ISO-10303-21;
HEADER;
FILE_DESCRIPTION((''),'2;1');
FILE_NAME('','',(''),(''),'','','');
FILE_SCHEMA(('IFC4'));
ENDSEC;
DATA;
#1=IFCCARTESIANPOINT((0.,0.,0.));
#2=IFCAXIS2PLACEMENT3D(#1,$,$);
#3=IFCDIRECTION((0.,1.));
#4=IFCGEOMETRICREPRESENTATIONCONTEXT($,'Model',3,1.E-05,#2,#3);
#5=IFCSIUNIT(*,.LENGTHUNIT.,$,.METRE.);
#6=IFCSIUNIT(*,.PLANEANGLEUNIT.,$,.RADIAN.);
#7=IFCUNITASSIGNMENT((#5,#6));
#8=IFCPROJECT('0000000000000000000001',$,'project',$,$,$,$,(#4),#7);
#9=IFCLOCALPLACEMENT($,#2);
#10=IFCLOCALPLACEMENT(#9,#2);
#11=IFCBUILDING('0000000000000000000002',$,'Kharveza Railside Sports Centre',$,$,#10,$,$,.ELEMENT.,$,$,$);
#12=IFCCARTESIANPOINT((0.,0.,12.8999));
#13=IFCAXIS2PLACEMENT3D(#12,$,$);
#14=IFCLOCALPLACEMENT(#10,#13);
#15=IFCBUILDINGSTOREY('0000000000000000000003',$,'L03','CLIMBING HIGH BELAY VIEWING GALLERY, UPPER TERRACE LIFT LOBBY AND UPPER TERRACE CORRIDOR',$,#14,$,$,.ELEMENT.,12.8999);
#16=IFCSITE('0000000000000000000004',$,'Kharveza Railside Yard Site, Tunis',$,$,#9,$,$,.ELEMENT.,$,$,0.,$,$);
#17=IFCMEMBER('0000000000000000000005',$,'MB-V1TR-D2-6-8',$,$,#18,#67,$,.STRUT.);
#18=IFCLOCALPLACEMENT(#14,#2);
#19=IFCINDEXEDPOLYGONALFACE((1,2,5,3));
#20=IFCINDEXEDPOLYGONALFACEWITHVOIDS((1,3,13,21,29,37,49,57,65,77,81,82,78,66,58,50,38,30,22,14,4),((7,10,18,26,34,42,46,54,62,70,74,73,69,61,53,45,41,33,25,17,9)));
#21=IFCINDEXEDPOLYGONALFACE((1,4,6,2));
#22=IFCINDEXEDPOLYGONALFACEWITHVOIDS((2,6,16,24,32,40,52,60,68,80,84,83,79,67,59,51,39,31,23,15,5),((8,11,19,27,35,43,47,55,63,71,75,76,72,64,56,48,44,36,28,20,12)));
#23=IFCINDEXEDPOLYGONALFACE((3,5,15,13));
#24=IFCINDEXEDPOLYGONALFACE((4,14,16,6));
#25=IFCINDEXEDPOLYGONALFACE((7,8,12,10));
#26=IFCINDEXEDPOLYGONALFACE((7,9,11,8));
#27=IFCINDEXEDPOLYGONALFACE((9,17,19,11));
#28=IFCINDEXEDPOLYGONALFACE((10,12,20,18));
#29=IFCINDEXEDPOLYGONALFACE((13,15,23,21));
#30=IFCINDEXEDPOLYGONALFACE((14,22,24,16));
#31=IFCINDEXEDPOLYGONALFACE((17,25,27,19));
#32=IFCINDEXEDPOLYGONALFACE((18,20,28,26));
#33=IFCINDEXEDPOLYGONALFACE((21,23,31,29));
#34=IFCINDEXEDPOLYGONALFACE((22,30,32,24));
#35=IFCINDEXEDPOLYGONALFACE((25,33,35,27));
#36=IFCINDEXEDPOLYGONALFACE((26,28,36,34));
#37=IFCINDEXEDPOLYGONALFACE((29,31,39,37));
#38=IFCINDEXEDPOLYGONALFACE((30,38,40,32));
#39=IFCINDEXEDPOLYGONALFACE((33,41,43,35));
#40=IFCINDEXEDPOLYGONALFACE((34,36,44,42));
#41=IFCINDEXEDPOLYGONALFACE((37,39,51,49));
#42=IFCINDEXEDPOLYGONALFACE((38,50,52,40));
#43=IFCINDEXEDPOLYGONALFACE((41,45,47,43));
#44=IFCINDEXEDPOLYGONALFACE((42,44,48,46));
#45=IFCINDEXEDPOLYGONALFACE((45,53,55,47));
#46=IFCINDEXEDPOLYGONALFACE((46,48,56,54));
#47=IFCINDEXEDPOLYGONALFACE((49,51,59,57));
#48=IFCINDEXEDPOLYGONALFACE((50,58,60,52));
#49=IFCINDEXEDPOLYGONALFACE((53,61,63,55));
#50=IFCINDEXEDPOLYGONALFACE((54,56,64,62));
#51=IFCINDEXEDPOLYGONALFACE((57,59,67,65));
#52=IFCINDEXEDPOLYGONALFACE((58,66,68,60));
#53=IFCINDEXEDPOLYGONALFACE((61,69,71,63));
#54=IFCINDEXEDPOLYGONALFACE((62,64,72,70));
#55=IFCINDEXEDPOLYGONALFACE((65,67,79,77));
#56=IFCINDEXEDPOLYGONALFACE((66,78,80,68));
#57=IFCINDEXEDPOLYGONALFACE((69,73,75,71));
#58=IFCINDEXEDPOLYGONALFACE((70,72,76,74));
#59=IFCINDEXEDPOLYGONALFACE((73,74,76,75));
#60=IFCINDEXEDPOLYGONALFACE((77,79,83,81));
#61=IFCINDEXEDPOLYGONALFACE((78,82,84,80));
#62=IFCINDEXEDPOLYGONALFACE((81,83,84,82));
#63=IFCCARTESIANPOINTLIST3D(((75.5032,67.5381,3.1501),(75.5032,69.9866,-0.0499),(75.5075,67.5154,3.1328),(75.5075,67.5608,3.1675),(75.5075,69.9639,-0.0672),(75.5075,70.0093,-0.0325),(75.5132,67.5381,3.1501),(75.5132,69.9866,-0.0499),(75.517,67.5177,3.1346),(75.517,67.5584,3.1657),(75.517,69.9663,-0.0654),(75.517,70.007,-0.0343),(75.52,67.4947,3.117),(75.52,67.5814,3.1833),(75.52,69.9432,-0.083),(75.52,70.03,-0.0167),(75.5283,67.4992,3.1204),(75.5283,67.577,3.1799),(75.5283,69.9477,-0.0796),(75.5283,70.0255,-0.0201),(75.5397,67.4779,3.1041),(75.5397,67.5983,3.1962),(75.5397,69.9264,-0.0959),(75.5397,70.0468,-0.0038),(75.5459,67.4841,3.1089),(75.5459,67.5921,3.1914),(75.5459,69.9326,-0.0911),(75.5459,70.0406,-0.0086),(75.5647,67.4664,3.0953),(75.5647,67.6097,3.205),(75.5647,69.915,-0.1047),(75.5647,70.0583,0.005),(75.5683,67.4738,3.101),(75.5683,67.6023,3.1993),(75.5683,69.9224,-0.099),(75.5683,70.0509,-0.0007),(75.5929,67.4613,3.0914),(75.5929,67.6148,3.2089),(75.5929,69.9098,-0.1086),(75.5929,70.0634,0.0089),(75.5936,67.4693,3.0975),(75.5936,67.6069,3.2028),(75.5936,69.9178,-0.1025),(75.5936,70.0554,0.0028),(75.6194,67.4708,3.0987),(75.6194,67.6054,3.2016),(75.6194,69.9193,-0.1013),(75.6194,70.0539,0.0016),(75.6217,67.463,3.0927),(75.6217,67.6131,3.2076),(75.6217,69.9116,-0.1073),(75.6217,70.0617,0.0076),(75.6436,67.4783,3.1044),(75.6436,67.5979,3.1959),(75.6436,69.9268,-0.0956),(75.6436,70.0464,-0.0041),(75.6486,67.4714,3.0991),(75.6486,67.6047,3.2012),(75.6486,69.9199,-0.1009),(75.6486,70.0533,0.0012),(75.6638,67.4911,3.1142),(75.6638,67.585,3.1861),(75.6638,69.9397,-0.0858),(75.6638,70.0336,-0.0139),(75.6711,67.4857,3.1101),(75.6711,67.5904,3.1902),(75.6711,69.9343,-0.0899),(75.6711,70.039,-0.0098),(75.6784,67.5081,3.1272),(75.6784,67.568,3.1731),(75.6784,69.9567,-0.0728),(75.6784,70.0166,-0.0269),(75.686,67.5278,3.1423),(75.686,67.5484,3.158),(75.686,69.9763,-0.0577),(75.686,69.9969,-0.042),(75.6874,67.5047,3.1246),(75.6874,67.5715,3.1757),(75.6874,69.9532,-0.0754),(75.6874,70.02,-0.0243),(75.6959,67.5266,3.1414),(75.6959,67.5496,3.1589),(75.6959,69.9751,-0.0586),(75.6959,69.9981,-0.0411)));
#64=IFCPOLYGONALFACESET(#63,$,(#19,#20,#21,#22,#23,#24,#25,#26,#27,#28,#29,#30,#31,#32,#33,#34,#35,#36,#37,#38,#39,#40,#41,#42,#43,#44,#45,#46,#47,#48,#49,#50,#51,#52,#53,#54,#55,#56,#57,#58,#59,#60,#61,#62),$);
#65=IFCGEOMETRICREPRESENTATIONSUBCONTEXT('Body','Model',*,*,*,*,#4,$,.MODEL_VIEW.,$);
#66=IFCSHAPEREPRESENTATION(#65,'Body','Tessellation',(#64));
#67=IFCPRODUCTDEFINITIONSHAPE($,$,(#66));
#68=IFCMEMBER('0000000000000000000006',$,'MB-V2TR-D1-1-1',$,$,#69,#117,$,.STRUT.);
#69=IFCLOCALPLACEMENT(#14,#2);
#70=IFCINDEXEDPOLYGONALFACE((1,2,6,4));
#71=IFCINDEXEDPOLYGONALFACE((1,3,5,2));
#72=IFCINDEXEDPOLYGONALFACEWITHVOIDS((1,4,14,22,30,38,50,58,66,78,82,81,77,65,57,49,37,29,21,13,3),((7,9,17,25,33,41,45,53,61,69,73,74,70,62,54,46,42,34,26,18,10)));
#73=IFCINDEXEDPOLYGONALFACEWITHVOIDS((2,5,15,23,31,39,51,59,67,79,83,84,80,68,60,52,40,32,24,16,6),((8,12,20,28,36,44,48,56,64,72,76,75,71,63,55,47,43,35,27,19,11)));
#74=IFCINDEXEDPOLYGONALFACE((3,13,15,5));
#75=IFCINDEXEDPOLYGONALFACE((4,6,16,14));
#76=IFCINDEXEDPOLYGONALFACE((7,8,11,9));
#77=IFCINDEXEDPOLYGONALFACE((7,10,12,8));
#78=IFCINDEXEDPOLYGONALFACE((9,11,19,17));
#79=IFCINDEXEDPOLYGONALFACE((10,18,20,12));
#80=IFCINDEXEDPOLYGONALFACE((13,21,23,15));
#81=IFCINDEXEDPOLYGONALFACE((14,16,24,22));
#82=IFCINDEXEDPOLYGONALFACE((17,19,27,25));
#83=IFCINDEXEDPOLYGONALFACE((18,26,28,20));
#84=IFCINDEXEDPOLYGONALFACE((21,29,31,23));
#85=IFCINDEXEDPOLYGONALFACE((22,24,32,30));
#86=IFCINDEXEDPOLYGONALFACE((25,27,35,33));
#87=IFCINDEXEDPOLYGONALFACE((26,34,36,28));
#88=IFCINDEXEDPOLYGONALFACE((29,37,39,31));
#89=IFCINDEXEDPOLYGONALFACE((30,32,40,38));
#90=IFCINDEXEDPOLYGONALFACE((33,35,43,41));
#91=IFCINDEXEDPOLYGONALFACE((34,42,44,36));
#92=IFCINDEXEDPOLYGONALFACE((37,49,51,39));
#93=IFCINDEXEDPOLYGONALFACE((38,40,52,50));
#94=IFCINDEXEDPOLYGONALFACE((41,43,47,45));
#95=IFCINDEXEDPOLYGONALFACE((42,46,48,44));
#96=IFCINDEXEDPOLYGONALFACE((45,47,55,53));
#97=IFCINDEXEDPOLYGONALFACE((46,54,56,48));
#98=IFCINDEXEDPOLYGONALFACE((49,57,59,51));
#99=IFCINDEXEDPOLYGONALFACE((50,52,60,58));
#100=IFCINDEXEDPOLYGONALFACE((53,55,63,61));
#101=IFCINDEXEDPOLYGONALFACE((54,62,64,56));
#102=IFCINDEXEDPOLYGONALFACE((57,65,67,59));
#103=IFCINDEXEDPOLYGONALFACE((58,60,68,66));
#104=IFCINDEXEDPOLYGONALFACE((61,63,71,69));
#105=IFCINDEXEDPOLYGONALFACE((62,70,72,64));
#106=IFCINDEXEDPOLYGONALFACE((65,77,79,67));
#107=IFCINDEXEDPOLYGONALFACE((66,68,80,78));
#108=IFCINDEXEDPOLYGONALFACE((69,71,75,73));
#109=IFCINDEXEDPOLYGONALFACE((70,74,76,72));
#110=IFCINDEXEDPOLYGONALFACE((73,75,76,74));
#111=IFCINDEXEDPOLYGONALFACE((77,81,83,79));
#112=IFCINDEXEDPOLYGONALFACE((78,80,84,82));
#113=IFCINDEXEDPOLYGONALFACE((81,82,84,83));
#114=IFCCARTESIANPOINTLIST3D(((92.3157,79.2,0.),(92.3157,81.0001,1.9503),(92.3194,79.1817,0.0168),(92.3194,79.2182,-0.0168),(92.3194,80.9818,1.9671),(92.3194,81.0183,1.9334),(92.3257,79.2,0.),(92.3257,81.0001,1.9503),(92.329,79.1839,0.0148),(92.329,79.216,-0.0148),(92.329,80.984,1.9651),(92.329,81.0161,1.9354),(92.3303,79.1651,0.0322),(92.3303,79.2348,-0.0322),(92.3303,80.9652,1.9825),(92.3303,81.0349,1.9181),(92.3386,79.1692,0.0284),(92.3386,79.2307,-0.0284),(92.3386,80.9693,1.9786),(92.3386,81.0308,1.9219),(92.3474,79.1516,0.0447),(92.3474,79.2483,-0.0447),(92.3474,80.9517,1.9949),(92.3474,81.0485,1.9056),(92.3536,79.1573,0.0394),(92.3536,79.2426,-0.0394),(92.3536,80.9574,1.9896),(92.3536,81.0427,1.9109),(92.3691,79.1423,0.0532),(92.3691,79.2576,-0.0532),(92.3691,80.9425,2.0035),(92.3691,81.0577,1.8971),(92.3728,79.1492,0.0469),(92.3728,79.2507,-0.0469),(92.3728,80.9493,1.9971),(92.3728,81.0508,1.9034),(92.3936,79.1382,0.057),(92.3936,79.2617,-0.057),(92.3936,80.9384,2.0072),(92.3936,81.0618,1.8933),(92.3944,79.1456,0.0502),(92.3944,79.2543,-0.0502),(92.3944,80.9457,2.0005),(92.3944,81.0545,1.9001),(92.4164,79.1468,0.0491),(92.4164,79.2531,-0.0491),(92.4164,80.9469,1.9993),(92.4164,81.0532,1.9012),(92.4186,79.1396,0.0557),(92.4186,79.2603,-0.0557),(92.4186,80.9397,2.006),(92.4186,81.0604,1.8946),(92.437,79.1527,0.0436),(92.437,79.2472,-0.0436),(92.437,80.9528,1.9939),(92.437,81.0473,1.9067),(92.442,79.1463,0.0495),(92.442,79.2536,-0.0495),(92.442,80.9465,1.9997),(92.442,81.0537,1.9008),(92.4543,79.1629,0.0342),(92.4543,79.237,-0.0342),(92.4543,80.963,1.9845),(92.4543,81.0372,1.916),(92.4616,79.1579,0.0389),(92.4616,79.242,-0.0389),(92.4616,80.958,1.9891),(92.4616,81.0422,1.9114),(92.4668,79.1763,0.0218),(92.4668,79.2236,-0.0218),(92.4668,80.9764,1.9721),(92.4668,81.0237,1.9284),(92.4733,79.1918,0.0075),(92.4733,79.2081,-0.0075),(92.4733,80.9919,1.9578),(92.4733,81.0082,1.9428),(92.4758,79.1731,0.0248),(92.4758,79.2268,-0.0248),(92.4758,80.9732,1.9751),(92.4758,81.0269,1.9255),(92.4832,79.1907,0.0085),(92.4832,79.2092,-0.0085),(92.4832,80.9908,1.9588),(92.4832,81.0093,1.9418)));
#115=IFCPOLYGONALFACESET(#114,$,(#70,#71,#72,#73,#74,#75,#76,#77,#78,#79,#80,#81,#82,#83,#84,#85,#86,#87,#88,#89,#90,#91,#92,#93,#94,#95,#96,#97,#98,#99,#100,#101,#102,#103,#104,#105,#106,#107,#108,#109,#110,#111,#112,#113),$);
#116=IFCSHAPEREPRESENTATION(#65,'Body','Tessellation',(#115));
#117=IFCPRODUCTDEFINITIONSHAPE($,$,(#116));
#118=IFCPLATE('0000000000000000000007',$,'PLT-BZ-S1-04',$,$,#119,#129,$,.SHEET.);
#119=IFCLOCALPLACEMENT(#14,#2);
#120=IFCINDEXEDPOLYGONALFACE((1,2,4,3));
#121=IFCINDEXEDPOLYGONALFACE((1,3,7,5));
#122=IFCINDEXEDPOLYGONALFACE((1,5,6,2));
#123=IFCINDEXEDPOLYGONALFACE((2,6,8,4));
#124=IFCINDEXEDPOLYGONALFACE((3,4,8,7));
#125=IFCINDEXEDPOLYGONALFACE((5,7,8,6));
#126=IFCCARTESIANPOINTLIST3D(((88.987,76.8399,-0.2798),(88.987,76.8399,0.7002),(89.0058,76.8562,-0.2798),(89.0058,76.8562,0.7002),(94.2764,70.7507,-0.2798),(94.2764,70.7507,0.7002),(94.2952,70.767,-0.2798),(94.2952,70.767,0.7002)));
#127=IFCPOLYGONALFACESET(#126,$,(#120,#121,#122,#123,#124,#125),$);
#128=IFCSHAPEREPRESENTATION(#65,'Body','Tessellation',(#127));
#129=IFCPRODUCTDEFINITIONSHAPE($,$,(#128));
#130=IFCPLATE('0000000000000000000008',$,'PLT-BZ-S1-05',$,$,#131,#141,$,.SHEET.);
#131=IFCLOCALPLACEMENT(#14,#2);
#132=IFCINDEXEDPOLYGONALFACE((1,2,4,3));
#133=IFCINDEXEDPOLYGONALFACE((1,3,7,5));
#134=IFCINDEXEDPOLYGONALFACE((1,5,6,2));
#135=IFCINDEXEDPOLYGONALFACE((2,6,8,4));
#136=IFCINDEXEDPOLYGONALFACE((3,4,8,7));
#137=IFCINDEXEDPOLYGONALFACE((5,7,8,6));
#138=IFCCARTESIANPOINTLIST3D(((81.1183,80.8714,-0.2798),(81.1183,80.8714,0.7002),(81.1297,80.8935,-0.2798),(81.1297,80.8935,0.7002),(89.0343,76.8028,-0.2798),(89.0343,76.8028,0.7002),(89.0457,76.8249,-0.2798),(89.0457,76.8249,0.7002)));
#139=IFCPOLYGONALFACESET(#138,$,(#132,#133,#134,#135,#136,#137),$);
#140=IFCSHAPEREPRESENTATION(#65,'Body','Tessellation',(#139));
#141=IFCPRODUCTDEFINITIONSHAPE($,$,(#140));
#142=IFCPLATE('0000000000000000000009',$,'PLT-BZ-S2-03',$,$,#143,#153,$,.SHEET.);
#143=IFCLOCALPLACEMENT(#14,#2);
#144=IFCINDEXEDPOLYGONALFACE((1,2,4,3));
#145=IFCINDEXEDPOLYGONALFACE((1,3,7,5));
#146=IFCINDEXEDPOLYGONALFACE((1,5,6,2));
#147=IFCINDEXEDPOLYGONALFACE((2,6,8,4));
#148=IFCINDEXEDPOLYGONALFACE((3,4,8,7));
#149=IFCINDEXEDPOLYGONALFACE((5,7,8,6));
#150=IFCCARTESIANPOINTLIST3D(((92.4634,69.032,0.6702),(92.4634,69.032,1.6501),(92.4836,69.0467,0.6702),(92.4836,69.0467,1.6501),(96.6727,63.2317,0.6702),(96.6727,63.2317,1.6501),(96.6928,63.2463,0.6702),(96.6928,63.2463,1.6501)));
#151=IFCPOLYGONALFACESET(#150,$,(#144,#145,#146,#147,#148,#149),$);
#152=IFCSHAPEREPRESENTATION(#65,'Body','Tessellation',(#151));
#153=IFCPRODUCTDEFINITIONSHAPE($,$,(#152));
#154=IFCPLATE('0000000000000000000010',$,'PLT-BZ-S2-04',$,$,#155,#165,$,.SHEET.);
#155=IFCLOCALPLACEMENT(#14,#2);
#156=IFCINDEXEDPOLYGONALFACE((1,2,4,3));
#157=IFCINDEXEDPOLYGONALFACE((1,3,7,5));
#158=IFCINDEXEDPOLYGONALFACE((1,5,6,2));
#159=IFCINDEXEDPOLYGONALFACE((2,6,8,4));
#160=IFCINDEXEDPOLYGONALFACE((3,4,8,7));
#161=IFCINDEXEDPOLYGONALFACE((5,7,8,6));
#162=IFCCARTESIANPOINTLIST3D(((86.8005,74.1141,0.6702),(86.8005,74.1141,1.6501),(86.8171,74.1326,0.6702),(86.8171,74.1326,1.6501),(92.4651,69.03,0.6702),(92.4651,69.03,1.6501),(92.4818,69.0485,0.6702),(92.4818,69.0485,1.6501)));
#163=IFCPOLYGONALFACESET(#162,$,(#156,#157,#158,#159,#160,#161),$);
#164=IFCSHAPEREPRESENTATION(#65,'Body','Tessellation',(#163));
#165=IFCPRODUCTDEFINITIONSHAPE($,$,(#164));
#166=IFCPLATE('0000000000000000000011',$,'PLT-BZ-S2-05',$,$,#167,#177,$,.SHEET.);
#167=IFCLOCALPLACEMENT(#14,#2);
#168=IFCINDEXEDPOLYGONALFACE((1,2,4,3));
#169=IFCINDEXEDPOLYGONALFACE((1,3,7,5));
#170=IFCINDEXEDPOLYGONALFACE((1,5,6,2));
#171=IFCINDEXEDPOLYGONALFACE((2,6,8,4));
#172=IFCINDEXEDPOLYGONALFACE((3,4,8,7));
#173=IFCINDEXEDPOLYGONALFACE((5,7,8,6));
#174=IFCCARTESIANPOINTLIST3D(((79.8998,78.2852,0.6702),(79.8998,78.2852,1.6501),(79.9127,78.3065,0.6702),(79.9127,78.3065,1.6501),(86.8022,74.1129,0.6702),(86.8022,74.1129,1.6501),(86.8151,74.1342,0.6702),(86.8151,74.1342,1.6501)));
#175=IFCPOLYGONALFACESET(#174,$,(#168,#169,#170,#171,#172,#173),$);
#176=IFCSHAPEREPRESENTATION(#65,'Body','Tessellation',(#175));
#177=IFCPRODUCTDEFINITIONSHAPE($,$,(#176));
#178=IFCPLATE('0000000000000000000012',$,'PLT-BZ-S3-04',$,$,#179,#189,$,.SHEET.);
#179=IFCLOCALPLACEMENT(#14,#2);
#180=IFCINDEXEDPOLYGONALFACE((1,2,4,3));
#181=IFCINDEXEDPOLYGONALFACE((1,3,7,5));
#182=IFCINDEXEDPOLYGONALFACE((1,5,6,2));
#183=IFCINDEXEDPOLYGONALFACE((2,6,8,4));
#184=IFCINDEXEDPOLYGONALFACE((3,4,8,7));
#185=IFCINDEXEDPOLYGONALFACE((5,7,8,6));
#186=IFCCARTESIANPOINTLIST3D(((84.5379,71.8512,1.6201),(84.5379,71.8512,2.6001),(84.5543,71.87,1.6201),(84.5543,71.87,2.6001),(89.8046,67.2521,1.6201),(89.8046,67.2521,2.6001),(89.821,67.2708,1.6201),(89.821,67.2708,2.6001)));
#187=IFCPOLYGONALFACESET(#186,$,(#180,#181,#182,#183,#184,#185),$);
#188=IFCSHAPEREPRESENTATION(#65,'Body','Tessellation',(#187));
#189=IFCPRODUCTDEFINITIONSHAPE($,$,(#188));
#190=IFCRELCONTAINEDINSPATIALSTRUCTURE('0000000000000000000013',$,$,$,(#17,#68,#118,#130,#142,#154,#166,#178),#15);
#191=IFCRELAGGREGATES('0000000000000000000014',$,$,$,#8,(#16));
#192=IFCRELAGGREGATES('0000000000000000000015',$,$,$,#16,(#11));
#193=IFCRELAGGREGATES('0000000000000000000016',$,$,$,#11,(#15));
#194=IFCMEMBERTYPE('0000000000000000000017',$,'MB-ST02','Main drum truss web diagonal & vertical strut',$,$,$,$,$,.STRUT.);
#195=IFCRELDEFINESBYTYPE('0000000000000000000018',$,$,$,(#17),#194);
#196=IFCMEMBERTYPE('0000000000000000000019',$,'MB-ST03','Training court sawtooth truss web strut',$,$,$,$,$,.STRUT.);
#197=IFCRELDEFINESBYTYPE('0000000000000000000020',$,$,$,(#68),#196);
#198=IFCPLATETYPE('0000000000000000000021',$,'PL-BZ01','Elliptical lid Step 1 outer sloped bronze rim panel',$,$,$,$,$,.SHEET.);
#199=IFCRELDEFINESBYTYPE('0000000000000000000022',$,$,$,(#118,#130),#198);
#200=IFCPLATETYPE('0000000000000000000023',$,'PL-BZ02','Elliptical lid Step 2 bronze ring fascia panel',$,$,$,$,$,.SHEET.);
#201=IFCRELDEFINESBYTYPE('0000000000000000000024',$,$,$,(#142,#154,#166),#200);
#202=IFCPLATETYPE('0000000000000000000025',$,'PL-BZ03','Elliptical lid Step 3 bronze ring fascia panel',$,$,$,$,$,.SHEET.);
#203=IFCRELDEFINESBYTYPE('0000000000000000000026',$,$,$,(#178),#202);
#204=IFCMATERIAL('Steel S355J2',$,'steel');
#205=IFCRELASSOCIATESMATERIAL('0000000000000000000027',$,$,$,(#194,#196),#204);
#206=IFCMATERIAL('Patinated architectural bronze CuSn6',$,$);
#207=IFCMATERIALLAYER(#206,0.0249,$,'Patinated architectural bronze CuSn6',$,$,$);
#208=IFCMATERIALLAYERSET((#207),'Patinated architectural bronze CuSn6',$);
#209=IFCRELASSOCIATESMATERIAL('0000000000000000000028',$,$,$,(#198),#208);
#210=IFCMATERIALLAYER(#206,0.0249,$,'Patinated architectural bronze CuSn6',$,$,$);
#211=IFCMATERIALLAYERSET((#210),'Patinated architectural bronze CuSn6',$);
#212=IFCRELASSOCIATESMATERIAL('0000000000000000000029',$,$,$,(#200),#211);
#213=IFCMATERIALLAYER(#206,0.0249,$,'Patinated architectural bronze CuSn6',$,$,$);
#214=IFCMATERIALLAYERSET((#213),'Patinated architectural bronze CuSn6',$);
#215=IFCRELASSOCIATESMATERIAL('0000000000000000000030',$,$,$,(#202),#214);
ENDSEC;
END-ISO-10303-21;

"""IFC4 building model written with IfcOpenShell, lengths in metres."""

from ifc_helpers import new_model, si_unit, direction, frame, origin, origin_2d, place, context, subcontext, project, spatial, rectangle, hollow_circle, extrude, material, layer, layer_set, material_profile, profile_set, type_object, element, save


model = new_model("IFC4")

# Units and contexts
model_context = context("Model", 3, precision=1e-05, world=origin(), true_north=direction((0.0, 1.0)))
body_context = subcontext(model_context, "Body", "Model", "MODEL_VIEW")
ifc_project = project(units=[si_unit("LENGTHUNIT", "METRE"), si_unit("PLANEANGLEUNIT", "RADIAN")], contexts=[model_context])

# Site, building, storey
site_placement = place(None, origin())
site = spatial("IfcSite", under=ifc_project, at=site_placement, Name="Kharveza Railside Yard Site, Tunis", CompositionType="ELEMENT", RefElevation=0.0)
building_placement = place(site_placement, origin())
building = spatial("IfcBuilding", under=site, at=building_placement, Name="Kharveza Railside Sports Centre", CompositionType="ELEMENT")
storey_placement = place(building_placement, frame((0.0, 0.0, 12.8999)))
storey = spatial("IfcBuildingStorey", under=building, at=storey_placement, Name="L03", Description="CLIMBING HIGH BELAY VIEWING GALLERY, UPPER TERRACE LIFT LOBBY AND UPPER TERRACE CORRIDOR", CompositionType="ELEMENT", Elevation=12.8999)

# Shared definitions
ifc_material_1 = material(Name="Steel S355J2", Category="steel")

# Members
ifc_material_profile_1 = material_profile(ifc_material_1, hollow_circle(Radius=0.0969, WallThickness=0.01, at=origin_2d()), Name="CHS 193.7x10.0")
ifc_profile_set_1 = profile_set([ifc_material_profile_1], Name="Steel S355J2")
member_type_1 = type_object("IfcMemberType", Name="MB-ST02", Description="Main drum truss web diagonal & vertical strut", PredefinedType="STRUT", material=ifc_profile_set_1)
member_1_placement = place(storey_placement, frame((75.6001, 67.5381, 3.1501), z_axis=(0.0, 0.607679, -0.794182), x_axis=(-1.0, 0.0, 0.0)))
element("IfcMember", 1, at=member_1_placement, inside=storey, type_object=member_type_1, Name="MB-V1TR-D2-6-8", PredefinedType="STRUT", context=body_context, shape_type="SweptSolid", body=[
    extrude(hollow_circle(Radius=0.0969, WallThickness=0.01, at=origin_2d()), origin(), (0.0, 0.0, 1.0), 4.0293),
])
ifc_material_profile_2 = material_profile(ifc_material_1, hollow_circle(Radius=0.0842, WallThickness=0.01, at=origin_2d()), Name="CHS 168.3x10.0")
ifc_profile_set_2 = profile_set([ifc_material_profile_2], Name="Steel S355J2")
member_type_2 = type_object("IfcMemberType", Name="MB-ST03", Description="Training court sawtooth truss web strut", PredefinedType="STRUT", material=ifc_profile_set_2)
member_2_placement = place(storey_placement, frame((92.3999, 79.2, 0.0), z_axis=(0.0, 0.678253, 0.734828), x_axis=(-1.0, 0.0, 0.0)))
element("IfcMember", 2, at=member_2_placement, inside=storey, type_object=member_type_2, Name="MB-V2TR-D1-1-1", PredefinedType="STRUT", context=body_context, shape_type="SweptSolid", body=[
    extrude(hollow_circle(Radius=0.0842, WallThickness=0.01, at=origin_2d()), origin(), (0.0, 0.0, 1.0), 2.6541),
])

# Plates
ifc_material_2 = material(Name="Patinated architectural bronze CuSn6")
ifc_layer_1 = layer(ifc_material_2, 0.0249, Name="Patinated architectural bronze CuSn6")
ifc_layer_set_1 = layer_set([ifc_layer_1], Name="Patinated architectural bronze CuSn6")
plate_type_1 = type_object("IfcPlateType", Name="PL-BZ01", Description="Elliptical lid Step 1 outer sloped bronze rim panel", PredefinedType="SHEET", material=ifc_layer_set_1)
plate_1_placement = place(storey_placement, frame((91.6411, 73.8035, -0.2798), z_axis=(0.0, 0.0, 1.0), x_axis=(-0.655782, 0.75495, 0.0)))
element("IfcPlate", 3, at=plate_1_placement, inside=storey, type_object=plate_type_1, Name="PLT-BZ-S1-04", PredefinedType="SHEET", context=body_context, shape_type="SweptSolid", body=[
    extrude(rectangle(XDim=8.0657, YDim=0.0249, at=origin_2d()), origin(), (0.0, 0.0, 1.0), 0.98),
])
plate_2_placement = place(storey_placement, frame((85.082, 78.8481, -0.2798), z_axis=(0.0, 0.0, 1.0), x_axis=(-0.8894, 0.457129, 0.0)))
element("IfcPlate", 4, at=plate_2_placement, inside=storey, type_object=plate_type_1, Name="PLT-BZ-S1-05", PredefinedType="SHEET", context=body_context, shape_type="SweptSolid", body=[
    extrude(rectangle(XDim=8.9004, YDim=0.0249, at=origin_2d()), origin(), (0.0, 0.0, 1.0), 0.98),
])
ifc_layer_2 = layer(ifc_material_2, 0.0249, Name="Patinated architectural bronze CuSn6")
ifc_layer_set_2 = layer_set([ifc_layer_2], Name="Patinated architectural bronze CuSn6")
plate_type_2 = type_object("IfcPlateType", Name="PL-BZ02", Description="Elliptical lid Step 2 bronze ring fascia panel", PredefinedType="SHEET", material=ifc_layer_set_2)
plate_3_placement = place(storey_placement, frame((94.5781, 66.1392, 0.6702), z_axis=(0.0, 0.0, 1.0), x_axis=(-0.587333, 0.809345, 0.0)))
element("IfcPlate", 5, at=plate_3_placement, inside=storey, type_object=plate_type_2, Name="PLT-BZ-S2-03", PredefinedType="SHEET", context=body_context, shape_type="SweptSolid", body=[
    extrude(rectangle(XDim=7.1667, YDim=0.0249, at=origin_2d()), origin(), (0.0, 0.0, 1.0), 0.98),
])
plate_4_placement = place(storey_placement, frame((89.6411, 71.5813, 0.6702), z_axis=(0.0, 0.0, 1.0), x_axis=(-0.744218, 0.667936, 0.0)))
element("IfcPlate", 6, at=plate_4_placement, inside=storey, type_object=plate_type_2, Name="PLT-BZ-S2-04", PredefinedType="SHEET", context=body_context, shape_type="SweptSolid", body=[
    extrude(rectangle(XDim=7.6116, YDim=0.0249, at=origin_2d()), origin(), (0.0, 0.0, 1.0), 0.98),
])
plate_5_placement = place(storey_placement, frame((83.3574, 76.2097, 0.6702), z_axis=(0.0, 0.0, 1.0), x_axis=(-0.855798, 0.51731, 0.0)))
element("IfcPlate", 7, at=plate_5_placement, inside=storey, type_object=plate_type_2, Name="PLT-BZ-S2-05", PredefinedType="SHEET", context=body_context, shape_type="SweptSolid", body=[
    extrude(rectangle(XDim=8.0654, YDim=0.0249, at=origin_2d()), origin(), (0.0, 0.0, 1.0), 0.98),
])
ifc_layer_3 = layer(ifc_material_2, 0.0249, Name="Patinated architectural bronze CuSn6")
ifc_layer_set_3 = layer_set([ifc_layer_3], Name="Patinated architectural bronze CuSn6")
plate_type_3 = type_object("IfcPlateType", Name="PL-BZ03", Description="Elliptical lid Step 3 bronze ring fascia panel", PredefinedType="SHEET", material=ifc_layer_set_3)
plate_6_placement = place(storey_placement, frame((87.1794, 69.561, 1.6201), z_axis=(0.0, 0.0, 1.0), x_axis=(-0.753231, 0.657757, 0.0)))
element("IfcPlate", 8, at=plate_6_placement, inside=storey, type_object=plate_type_3, Name="PLT-BZ-S3-04", PredefinedType="SHEET", context=body_context, shape_type="SweptSolid", body=[
    extrude(rectangle(XDim=6.9922, YDim=0.0249, at=origin_2d()), origin(), (0.0, 0.0, 1.0), 0.98),
])

save(model, "model.ifc")
